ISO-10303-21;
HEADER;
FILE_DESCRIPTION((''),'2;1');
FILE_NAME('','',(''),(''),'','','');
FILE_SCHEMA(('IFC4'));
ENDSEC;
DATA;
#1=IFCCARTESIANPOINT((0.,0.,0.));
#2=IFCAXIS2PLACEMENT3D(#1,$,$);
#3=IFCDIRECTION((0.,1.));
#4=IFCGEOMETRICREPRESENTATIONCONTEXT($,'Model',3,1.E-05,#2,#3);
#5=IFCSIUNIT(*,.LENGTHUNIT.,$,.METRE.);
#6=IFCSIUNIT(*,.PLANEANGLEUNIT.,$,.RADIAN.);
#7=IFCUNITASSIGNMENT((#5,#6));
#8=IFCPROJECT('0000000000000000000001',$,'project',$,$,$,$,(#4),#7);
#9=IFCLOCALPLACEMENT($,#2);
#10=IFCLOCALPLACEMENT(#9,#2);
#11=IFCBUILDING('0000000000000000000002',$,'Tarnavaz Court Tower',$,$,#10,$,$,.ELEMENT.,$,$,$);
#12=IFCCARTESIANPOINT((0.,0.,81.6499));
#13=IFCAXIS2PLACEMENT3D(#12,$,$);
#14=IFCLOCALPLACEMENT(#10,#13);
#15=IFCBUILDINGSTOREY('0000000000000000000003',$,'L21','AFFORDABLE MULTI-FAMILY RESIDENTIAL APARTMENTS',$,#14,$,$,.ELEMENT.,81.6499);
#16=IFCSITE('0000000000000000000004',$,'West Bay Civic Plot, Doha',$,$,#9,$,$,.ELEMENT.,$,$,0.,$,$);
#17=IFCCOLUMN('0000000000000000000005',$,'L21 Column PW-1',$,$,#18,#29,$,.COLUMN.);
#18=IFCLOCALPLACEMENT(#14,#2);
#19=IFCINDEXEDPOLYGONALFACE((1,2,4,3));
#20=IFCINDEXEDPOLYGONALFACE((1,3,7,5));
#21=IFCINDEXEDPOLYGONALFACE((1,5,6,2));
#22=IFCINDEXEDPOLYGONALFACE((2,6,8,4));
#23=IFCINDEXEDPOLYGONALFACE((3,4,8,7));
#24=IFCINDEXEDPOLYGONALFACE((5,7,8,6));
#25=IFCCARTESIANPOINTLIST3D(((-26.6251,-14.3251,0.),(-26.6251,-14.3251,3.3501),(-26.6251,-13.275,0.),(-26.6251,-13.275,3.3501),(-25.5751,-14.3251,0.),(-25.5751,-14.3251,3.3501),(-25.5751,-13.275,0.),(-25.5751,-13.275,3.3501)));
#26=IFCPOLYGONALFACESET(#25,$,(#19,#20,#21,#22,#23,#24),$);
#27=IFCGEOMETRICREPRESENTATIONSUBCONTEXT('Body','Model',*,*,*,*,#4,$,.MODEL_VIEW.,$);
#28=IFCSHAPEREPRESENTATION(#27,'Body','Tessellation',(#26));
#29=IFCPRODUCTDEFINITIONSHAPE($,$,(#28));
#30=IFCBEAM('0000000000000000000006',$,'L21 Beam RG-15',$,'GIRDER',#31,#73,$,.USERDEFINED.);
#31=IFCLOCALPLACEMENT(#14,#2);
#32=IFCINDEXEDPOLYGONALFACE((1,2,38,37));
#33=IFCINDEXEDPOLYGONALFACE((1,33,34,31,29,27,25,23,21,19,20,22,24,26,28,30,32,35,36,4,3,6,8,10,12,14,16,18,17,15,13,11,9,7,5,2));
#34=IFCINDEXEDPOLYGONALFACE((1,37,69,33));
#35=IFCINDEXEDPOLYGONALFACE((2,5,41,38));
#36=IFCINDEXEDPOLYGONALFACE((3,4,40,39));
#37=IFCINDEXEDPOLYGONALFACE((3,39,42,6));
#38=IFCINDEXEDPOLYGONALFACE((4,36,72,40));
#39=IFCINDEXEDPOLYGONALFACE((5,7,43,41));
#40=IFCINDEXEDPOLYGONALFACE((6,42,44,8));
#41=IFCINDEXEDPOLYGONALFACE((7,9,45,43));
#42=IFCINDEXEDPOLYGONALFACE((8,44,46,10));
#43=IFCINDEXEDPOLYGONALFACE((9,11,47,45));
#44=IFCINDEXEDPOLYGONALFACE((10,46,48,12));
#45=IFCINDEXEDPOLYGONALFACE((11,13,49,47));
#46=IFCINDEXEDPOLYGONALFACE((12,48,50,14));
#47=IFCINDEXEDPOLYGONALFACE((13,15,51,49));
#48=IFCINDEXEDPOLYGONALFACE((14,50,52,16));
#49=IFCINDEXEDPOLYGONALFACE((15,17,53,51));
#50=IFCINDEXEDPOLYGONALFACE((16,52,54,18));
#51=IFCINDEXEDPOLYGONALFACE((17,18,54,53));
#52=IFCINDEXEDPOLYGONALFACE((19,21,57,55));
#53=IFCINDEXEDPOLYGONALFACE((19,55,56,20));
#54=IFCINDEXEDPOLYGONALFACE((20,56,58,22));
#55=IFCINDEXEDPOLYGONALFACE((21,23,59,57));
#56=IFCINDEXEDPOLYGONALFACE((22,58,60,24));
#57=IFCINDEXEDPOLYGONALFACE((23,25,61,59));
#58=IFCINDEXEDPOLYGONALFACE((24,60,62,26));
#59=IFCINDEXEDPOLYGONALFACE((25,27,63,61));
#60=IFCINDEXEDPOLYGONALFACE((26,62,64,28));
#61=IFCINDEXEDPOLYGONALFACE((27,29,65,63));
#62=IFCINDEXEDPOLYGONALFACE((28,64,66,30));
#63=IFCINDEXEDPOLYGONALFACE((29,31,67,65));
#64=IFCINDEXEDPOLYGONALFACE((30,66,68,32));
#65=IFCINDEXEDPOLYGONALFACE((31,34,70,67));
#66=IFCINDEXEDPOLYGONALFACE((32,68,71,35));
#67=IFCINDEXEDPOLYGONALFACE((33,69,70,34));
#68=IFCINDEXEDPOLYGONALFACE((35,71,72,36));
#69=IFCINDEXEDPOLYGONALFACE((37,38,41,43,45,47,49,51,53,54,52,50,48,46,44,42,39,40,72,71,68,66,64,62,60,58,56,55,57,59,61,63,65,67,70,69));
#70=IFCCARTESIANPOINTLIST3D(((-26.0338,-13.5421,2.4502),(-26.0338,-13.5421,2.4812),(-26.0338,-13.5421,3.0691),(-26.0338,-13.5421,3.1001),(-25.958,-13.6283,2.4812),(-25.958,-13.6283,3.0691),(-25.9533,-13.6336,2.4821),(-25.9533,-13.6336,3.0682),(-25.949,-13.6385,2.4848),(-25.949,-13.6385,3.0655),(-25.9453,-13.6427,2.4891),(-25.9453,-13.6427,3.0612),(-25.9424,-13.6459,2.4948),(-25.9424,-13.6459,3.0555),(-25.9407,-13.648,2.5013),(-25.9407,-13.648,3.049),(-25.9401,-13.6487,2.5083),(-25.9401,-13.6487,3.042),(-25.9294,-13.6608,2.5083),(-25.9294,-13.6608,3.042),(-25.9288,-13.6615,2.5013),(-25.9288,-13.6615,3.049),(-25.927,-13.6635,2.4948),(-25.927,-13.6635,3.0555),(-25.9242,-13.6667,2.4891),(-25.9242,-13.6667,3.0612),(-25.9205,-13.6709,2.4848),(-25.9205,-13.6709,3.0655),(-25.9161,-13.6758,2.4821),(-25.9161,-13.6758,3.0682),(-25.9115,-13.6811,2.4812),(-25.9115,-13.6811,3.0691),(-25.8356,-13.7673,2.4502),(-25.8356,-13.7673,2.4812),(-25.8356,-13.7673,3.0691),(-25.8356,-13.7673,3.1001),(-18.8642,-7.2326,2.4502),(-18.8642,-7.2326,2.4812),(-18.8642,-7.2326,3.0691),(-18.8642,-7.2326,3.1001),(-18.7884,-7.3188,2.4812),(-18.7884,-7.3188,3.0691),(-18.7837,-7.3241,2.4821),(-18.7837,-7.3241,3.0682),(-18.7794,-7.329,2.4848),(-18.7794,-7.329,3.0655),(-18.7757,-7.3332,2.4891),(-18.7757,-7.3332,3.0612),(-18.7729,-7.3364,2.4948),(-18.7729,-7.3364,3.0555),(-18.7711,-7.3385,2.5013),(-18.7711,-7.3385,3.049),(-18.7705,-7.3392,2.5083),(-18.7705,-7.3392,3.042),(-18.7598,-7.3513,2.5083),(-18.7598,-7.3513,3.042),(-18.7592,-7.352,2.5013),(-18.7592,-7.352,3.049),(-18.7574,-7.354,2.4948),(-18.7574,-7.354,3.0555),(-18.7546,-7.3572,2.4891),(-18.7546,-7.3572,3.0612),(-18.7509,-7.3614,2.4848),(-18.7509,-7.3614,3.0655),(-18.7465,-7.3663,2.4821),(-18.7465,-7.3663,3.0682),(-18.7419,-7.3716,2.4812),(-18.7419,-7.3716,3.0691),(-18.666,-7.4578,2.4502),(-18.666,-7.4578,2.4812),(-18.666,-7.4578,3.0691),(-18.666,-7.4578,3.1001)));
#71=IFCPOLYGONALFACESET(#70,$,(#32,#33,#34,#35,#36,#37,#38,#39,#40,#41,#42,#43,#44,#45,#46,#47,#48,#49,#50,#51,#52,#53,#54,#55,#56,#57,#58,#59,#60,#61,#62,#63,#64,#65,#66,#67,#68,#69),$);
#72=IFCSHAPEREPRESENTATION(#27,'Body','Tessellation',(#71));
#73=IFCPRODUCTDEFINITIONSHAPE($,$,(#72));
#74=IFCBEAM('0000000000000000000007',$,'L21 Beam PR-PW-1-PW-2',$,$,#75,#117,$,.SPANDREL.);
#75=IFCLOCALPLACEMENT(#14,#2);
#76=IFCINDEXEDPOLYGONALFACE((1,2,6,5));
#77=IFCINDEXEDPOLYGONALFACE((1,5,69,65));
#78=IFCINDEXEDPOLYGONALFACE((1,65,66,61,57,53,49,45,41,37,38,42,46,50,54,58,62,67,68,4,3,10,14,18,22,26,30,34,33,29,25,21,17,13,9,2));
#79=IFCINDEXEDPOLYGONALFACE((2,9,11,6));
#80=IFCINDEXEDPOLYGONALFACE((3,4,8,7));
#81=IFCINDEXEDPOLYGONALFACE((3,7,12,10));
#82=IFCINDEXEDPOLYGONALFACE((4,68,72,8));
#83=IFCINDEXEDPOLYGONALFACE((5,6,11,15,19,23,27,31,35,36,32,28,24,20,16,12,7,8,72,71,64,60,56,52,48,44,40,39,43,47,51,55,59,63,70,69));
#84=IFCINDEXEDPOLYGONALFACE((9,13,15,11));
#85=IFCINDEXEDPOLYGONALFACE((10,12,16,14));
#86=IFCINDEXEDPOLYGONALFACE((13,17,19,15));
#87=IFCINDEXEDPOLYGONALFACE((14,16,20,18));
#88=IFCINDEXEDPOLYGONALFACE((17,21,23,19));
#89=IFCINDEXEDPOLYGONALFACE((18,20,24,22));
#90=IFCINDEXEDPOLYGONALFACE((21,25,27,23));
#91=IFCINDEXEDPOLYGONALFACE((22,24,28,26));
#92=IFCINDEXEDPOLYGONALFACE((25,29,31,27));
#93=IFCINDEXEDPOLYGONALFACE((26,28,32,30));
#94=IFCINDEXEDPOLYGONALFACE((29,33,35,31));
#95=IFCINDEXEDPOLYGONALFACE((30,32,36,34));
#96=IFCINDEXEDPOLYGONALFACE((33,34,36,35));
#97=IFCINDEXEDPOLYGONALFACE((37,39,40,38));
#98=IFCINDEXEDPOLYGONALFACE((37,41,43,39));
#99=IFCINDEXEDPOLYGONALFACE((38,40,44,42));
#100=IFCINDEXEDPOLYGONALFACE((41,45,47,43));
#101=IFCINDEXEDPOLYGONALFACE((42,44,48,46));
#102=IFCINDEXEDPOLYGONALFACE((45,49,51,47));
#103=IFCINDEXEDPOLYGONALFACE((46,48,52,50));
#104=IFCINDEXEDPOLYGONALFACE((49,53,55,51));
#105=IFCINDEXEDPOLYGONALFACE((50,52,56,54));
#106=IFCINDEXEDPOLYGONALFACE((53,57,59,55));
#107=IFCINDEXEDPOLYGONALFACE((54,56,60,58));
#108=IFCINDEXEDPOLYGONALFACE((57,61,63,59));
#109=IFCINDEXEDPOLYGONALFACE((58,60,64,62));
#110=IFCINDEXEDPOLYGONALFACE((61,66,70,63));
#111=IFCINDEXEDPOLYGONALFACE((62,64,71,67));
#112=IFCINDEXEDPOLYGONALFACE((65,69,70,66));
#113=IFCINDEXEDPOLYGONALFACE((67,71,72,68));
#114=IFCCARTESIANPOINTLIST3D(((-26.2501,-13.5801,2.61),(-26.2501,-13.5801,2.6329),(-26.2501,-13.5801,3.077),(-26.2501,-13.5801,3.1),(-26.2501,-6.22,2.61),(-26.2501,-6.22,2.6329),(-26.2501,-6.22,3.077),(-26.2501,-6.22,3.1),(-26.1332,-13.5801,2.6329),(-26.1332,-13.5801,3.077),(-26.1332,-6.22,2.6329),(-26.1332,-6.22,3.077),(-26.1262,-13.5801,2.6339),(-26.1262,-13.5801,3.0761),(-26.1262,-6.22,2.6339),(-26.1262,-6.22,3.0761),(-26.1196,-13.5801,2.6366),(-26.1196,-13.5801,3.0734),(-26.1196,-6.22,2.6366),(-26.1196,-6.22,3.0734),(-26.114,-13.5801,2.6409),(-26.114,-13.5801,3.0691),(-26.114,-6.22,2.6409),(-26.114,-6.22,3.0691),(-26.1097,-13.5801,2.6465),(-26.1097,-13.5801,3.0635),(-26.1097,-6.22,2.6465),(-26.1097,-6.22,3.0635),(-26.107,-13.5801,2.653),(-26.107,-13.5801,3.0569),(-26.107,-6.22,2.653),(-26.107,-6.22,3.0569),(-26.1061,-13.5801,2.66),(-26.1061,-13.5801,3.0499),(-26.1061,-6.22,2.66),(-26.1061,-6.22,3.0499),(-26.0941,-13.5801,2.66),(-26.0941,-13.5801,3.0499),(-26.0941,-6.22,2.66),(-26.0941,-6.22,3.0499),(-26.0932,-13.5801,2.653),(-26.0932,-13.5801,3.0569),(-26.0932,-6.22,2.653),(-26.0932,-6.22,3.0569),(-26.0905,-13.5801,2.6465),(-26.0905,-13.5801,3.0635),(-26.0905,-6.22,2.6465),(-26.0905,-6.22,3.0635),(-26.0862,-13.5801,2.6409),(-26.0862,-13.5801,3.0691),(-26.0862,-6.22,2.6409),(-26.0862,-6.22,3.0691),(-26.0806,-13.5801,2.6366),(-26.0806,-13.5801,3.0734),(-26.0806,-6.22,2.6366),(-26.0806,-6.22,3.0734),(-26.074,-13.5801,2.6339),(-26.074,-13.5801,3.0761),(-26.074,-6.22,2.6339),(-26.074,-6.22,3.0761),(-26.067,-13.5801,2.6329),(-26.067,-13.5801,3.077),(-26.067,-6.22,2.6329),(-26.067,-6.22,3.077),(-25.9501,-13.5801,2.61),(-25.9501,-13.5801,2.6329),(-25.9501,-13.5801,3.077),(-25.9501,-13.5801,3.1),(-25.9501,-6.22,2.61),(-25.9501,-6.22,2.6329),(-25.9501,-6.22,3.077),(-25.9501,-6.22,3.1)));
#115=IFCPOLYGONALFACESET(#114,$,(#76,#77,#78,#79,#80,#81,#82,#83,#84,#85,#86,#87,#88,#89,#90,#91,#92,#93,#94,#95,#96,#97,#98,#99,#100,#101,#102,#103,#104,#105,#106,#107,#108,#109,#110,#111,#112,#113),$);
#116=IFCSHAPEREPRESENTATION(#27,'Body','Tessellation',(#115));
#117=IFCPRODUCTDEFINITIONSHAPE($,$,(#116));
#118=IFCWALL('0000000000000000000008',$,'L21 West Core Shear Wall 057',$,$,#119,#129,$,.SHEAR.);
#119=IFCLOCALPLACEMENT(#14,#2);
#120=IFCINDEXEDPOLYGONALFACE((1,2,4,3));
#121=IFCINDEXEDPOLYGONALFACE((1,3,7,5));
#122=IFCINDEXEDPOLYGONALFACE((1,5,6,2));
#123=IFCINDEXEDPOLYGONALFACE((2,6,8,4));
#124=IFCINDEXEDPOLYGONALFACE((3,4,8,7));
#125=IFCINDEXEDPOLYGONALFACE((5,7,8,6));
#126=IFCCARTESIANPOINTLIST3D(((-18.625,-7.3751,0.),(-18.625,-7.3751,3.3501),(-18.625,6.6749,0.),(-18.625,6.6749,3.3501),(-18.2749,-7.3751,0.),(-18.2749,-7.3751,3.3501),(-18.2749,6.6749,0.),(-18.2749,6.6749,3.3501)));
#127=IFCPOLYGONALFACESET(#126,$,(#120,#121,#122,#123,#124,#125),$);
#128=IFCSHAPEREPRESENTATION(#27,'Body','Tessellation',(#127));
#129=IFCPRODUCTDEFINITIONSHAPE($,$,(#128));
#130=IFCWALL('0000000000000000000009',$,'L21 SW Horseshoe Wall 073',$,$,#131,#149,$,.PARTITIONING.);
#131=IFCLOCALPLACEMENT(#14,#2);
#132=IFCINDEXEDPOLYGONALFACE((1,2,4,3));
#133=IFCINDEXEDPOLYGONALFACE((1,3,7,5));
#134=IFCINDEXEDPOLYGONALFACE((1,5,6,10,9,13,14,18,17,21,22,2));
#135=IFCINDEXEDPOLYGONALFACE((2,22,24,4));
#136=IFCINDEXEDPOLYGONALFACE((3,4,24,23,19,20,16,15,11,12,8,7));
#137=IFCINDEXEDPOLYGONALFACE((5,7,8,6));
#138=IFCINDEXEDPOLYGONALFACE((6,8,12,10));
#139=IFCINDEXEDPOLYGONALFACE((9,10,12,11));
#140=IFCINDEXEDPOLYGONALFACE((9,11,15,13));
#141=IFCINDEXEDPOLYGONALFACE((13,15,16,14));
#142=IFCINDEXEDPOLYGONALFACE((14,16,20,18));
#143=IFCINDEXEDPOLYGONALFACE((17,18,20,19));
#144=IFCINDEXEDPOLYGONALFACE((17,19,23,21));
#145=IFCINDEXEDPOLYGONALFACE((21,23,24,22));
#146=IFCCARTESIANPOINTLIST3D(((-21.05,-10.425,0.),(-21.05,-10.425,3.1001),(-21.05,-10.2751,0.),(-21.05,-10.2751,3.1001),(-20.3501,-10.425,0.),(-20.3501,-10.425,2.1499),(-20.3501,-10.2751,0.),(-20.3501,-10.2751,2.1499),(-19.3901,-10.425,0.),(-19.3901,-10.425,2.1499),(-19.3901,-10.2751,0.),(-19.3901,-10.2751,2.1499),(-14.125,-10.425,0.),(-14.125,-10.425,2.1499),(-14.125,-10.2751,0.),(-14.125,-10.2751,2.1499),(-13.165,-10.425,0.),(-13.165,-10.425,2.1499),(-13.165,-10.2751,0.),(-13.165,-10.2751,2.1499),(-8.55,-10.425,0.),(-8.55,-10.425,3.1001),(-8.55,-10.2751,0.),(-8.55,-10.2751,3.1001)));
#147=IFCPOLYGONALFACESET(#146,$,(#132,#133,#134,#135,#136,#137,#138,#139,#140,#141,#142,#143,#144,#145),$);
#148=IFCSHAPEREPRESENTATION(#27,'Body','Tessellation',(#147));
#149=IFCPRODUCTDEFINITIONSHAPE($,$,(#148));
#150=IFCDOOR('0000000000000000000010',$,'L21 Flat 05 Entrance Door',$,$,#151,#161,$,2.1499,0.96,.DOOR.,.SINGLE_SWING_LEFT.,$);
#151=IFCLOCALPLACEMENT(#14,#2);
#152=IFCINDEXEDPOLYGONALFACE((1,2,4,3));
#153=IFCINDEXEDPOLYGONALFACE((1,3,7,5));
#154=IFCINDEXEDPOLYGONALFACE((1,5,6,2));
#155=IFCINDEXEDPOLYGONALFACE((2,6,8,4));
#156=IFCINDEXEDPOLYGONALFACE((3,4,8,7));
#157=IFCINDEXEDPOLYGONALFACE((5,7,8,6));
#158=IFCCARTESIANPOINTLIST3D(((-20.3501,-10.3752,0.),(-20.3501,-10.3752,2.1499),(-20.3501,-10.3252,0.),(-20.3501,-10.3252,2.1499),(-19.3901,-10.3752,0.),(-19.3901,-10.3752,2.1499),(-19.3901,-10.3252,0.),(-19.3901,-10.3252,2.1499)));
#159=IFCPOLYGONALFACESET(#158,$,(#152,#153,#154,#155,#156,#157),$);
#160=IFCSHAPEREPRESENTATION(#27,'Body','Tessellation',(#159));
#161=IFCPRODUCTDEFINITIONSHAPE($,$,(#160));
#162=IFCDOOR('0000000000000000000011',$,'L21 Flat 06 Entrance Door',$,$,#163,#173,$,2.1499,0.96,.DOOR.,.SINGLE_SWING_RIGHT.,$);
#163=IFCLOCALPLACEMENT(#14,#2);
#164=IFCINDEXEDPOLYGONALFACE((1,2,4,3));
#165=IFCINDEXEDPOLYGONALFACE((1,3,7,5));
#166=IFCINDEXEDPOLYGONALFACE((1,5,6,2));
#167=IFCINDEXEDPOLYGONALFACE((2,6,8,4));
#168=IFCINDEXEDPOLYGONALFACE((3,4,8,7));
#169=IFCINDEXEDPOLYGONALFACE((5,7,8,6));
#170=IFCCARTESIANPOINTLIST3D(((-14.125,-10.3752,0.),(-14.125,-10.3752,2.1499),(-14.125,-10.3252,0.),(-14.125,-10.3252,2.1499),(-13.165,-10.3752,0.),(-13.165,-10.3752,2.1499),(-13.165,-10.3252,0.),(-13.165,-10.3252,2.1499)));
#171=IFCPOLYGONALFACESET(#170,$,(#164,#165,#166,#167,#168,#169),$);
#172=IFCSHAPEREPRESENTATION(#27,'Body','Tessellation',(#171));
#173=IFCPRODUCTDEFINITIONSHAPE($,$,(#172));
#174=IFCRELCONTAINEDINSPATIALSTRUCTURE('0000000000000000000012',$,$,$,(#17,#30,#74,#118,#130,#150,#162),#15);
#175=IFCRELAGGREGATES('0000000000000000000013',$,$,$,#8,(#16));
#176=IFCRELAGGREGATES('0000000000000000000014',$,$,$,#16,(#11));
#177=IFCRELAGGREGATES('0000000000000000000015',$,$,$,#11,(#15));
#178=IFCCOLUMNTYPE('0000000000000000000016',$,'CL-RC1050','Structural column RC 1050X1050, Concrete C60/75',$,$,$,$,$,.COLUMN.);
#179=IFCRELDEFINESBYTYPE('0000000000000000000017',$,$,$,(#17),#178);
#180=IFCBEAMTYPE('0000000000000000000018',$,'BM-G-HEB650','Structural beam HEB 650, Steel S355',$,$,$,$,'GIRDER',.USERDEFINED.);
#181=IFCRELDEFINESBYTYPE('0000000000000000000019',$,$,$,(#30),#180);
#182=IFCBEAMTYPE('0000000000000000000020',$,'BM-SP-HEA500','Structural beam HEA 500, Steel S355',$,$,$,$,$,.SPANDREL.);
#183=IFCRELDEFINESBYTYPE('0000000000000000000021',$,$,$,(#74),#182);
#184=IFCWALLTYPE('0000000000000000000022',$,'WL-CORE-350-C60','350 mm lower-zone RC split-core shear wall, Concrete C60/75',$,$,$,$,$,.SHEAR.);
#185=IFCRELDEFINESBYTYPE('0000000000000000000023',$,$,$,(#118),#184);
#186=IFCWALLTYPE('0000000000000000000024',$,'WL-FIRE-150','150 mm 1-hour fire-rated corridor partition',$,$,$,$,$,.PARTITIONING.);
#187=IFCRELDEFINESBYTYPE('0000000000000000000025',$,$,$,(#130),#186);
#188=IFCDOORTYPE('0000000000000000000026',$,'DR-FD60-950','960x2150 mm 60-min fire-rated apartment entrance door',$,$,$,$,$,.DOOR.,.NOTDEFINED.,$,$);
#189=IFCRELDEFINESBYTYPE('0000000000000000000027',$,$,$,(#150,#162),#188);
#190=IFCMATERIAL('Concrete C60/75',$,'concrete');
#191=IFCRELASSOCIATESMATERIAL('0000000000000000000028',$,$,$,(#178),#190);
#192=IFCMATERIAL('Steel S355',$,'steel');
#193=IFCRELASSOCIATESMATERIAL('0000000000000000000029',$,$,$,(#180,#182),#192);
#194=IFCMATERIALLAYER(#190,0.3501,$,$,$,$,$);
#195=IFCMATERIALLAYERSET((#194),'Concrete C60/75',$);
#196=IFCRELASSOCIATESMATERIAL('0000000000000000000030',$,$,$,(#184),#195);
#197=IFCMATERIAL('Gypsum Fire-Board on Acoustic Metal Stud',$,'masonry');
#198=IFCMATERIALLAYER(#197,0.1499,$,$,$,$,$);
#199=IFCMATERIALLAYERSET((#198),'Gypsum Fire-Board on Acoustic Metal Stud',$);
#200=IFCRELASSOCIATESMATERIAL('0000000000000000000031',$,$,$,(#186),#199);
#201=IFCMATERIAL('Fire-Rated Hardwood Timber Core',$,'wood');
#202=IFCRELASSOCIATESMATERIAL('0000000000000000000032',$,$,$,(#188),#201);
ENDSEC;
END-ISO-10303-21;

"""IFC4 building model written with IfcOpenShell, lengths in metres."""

from ifc_helpers import new_model, si_unit, direction, frame, frame_2d, origin, origin_2d, place, context, subcontext, project, spatial, rectangle, i_section, extrude, material, layer, layer_set, material_profile, profile_set, type_object, element, fill, save


model = new_model("IFC4")

# Units and contexts
model_context = context("Model", 3, precision=1e-05, world=origin(), true_north=direction((0.0, 1.0)))
body_context = subcontext(model_context, "Body", "Model", "MODEL_VIEW")
ifc_project = project(units=[si_unit("LENGTHUNIT", "METRE"), si_unit("PLANEANGLEUNIT", "RADIAN")], contexts=[model_context])

# Site, building, storey
site_placement = place(None, origin())
site = spatial("IfcSite", under=ifc_project, at=site_placement, Name="West Bay Civic Plot, Doha", CompositionType="ELEMENT", RefElevation=0.0)
building_placement = place(site_placement, origin())
building = spatial("IfcBuilding", under=site, at=building_placement, Name="Tarnavaz Court Tower", CompositionType="ELEMENT")
storey_placement = place(building_placement, frame((0.0, 0.0, 81.6499)))
storey = spatial("IfcBuildingStorey", under=building, at=storey_placement, Name="L21", Description="AFFORDABLE MULTI-FAMILY RESIDENTIAL APARTMENTS", CompositionType="ELEMENT", Elevation=81.6499)

# Column
ifc_material_1 = material(Name="Concrete C60/75", Category="concrete")
ifc_material_profile_1 = material_profile(ifc_material_1, rectangle(XDim=1.05, YDim=1.05, at=origin_2d()), Name="RC 1050X1050")
ifc_profile_set_1 = profile_set([ifc_material_profile_1], Name="Concrete C60/75")
column_type = type_object("IfcColumnType", Name="CL-RC1050", Description="Structural column RC 1050X1050, Concrete C60/75", PredefinedType="COLUMN", material=ifc_profile_set_1)
column_placement = place(storey_placement, frame((-26.1001, -13.8, 0.0), z_axis=(0.0, 0.0, 1.0), x_axis=(1.0, 0.0, 0.0)))
element("IfcColumn", 1, at=column_placement, inside=storey, type_object=column_type, Name="L21 Column PW-1", PredefinedType="COLUMN", context=body_context, shape_type="SweptSolid", body=[
    extrude(rectangle(XDim=1.05, YDim=1.05, at=origin_2d()), origin(), (0.0, 0.0, 1.0), 3.3501),
])

# Beams
ifc_material_2 = material(Name="Steel S355", Category="steel")
ifc_material_profile_2 = material_profile(ifc_material_2, i_section(OverallWidth=0.3, OverallDepth=0.6499, WebThickness=0.0161, FlangeThickness=0.031, FilletRadius=0.0271, at=origin_2d()), Name="HEB 650")
ifc_profile_set_2 = profile_set([ifc_material_profile_2], Name="Steel S355")
beam_type_1 = type_object("IfcBeamType", Name="BM-G-HEB650", Description="Structural beam HEB 650, Steel S355", ElementType="GIRDER", PredefinedType="USERDEFINED", material=ifc_profile_set_2)
beam_1_placement = place(storey_placement, frame((-18.7651, -7.3452, 2.7751), z_axis=(-0.7507, -0.660643, 0.0), x_axis=(0.660643, -0.7507, 0.0)))
element("IfcBeam", 2, at=beam_1_placement, inside=storey, type_object=beam_type_1, Name="L21 Beam RG-15", ObjectType="GIRDER", PredefinedType="USERDEFINED", context=body_context, shape_type="SweptSolid", body=[
    extrude(i_section(OverallWidth=0.3, OverallDepth=0.6499, WebThickness=0.0161, FlangeThickness=0.031, FilletRadius=0.0271, at=origin_2d()), origin(), (0.0, 0.0, 1.0), 9.5505),
])
ifc_material_profile_3 = material_profile(ifc_material_2, i_section(OverallWidth=0.3, OverallDepth=0.49, WebThickness=0.012, FlangeThickness=0.0229, FilletRadius=0.0271, at=origin_2d()), Name="HEA 500")
ifc_profile_set_3 = profile_set([ifc_material_profile_3], Name="Steel S355")
beam_type_2 = type_object("IfcBeamType", Name="BM-SP-HEA500", Description="Structural beam HEA 500, Steel S355", PredefinedType="SPANDREL", material=ifc_profile_set_3)
beam_2_placement = place(storey_placement, frame((-26.1001, -13.5801, 2.855), z_axis=(0.0, 1.0, 0.0), x_axis=(-1.0, 0.0, 0.0)))
element("IfcBeam", 3, at=beam_2_placement, inside=storey, type_object=beam_type_2, Name="L21 Beam PR-PW-1-PW-2", PredefinedType="SPANDREL", context=body_context, shape_type="SweptSolid", body=[
    extrude(i_section(OverallWidth=0.3, OverallDepth=0.49, WebThickness=0.012, FlangeThickness=0.0229, FilletRadius=0.0271, at=origin_2d()), origin(), (0.0, 0.0, 1.0), 7.3601),
])

# Wall
ifc_layer_1 = layer(ifc_material_1, 0.3501)
ifc_layer_set_1 = layer_set([ifc_layer_1], Name="Concrete C60/75")
wall_type_1 = type_object("IfcWallType", Name="WL-CORE-350-C60", Description="350 mm lower-zone RC split-core shear wall, Concrete C60/75", PredefinedType="SHEAR", material=ifc_layer_set_1)
wall_1_placement = place(storey_placement, frame((-18.45, -7.375, 0.0), z_axis=(0.0, 0.0, 1.0), x_axis=(0.0, 1.0, 0.0)))
element("IfcWall", 4, at=wall_1_placement, inside=storey, type_object=wall_type_1, Name="L21 West Core Shear Wall 057", PredefinedType="SHEAR", context=body_context, shape_type="SweptSolid", body=[
    extrude(rectangle(XDim=14.05, YDim=0.3501, at=frame_2d((7.0249, 0.0))), origin(), (0.0, 0.0, 1.0), 3.3501),
])

# Wall, openings, doors
ifc_material_3 = material(Name="Gypsum Fire-Board on Acoustic Metal Stud", Category="masonry")
ifc_layer_2 = layer(ifc_material_3, 0.1499)
ifc_layer_set_2 = layer_set([ifc_layer_2], Name="Gypsum Fire-Board on Acoustic Metal Stud")
wall_type_2 = type_object("IfcWallType", Name="WL-FIRE-150", Description="150 mm 1-hour fire-rated corridor partition", PredefinedType="PARTITIONING", material=ifc_layer_set_2)
wall_2_placement = place(storey_placement, frame((-21.05, -10.3501, 0.0), z_axis=(0.0, 0.0, 1.0), x_axis=(1.0, 0.0, 0.0)))
wall_2 = element("IfcWall", 5, at=wall_2_placement, inside=storey, type_object=wall_type_2, Name="L21 SW Horseshoe Wall 073", PredefinedType="PARTITIONING", context=body_context, shape_type="SweptSolid", body=[
    extrude(rectangle(XDim=12.5, YDim=0.1499, at=frame_2d((6.25, 0.0))), origin(), (0.0, 0.0, 1.0), 3.1001),
])
opening_1_placement = place(wall_2_placement, frame((0.7, 0.0, 0.0)))
opening_1 = element("IfcOpeningElement", 6, at=opening_1_placement, cuts=wall_2, PredefinedType="OPENING", context=body_context, shape_type="SweptSolid", body=[
    extrude(rectangle(XDim=0.96, YDim=2.1499, at=frame_2d((0.48, 1.075))), frame((0.0, 0.085, 0.0), z_axis=(0.0, -1.0, 0.0), x_axis=(1.0, 0.0, 0.0)), (0.0, 0.0, 1.0), 0.1699),
])
opening_2_placement = place(wall_2_placement, frame((6.925, 0.0, 0.0)))
opening_2 = element("IfcOpeningElement", 7, at=opening_2_placement, cuts=wall_2, PredefinedType="OPENING", context=body_context, shape_type="SweptSolid", body=[
    extrude(rectangle(XDim=0.96, YDim=2.1499, at=frame_2d((0.48, 1.075))), frame((0.0, 0.085, 0.0), z_axis=(0.0, -1.0, 0.0), x_axis=(1.0, 0.0, 0.0)), (0.0, 0.0, 1.0), 0.1699),
])
ifc_material_4 = material(Name="Fire-Rated Hardwood Timber Core", Category="wood")
door_type_1 = type_object("IfcDoorType", Name="DR-FD60-950", Description="960x2150 mm 60-min fire-rated apartment entrance door", OperationType="NOTDEFINED", PredefinedType="DOOR", material=ifc_material_4)
door_1_placement = place(opening_1_placement, origin())
door_1 = element("IfcDoor", 8, at=door_1_placement, inside=storey, type_object=door_type_1, Name="L21 Flat 05 Entrance Door", OperationType="SINGLE_SWING_LEFT", OverallHeight=2.1499, OverallWidth=0.96, PredefinedType="DOOR", context=body_context, shape_type="SweptSolid", body=[
    extrude(rectangle(XDim=0.96, YDim=2.1499, at=frame_2d((0.48, 1.075))), frame((0.0, 0.0249, 0.0), z_axis=(0.0, -1.0, 0.0), x_axis=(1.0, 0.0, 0.0)), (0.0, 0.0, 1.0), 0.05),
])
fill(opening_1, door_1)
door_2_placement = place(opening_2_placement, origin())
door_2 = element("IfcDoor", 9, at=door_2_placement, inside=storey, type_object=door_type_1, Name="L21 Flat 06 Entrance Door", OperationType="SINGLE_SWING_RIGHT", OverallHeight=2.1499, OverallWidth=0.96, PredefinedType="DOOR", context=body_context, shape_type="SweptSolid", body=[
    extrude(rectangle(XDim=0.96, YDim=2.1499, at=frame_2d((0.48, 1.075))), frame((0.0, 0.0249, 0.0), z_axis=(0.0, -1.0, 0.0), x_axis=(1.0, 0.0, 0.0)), (0.0, 0.0, 1.0), 0.05),
])
fill(opening_2, door_2)

save(model, "model.ifc")
